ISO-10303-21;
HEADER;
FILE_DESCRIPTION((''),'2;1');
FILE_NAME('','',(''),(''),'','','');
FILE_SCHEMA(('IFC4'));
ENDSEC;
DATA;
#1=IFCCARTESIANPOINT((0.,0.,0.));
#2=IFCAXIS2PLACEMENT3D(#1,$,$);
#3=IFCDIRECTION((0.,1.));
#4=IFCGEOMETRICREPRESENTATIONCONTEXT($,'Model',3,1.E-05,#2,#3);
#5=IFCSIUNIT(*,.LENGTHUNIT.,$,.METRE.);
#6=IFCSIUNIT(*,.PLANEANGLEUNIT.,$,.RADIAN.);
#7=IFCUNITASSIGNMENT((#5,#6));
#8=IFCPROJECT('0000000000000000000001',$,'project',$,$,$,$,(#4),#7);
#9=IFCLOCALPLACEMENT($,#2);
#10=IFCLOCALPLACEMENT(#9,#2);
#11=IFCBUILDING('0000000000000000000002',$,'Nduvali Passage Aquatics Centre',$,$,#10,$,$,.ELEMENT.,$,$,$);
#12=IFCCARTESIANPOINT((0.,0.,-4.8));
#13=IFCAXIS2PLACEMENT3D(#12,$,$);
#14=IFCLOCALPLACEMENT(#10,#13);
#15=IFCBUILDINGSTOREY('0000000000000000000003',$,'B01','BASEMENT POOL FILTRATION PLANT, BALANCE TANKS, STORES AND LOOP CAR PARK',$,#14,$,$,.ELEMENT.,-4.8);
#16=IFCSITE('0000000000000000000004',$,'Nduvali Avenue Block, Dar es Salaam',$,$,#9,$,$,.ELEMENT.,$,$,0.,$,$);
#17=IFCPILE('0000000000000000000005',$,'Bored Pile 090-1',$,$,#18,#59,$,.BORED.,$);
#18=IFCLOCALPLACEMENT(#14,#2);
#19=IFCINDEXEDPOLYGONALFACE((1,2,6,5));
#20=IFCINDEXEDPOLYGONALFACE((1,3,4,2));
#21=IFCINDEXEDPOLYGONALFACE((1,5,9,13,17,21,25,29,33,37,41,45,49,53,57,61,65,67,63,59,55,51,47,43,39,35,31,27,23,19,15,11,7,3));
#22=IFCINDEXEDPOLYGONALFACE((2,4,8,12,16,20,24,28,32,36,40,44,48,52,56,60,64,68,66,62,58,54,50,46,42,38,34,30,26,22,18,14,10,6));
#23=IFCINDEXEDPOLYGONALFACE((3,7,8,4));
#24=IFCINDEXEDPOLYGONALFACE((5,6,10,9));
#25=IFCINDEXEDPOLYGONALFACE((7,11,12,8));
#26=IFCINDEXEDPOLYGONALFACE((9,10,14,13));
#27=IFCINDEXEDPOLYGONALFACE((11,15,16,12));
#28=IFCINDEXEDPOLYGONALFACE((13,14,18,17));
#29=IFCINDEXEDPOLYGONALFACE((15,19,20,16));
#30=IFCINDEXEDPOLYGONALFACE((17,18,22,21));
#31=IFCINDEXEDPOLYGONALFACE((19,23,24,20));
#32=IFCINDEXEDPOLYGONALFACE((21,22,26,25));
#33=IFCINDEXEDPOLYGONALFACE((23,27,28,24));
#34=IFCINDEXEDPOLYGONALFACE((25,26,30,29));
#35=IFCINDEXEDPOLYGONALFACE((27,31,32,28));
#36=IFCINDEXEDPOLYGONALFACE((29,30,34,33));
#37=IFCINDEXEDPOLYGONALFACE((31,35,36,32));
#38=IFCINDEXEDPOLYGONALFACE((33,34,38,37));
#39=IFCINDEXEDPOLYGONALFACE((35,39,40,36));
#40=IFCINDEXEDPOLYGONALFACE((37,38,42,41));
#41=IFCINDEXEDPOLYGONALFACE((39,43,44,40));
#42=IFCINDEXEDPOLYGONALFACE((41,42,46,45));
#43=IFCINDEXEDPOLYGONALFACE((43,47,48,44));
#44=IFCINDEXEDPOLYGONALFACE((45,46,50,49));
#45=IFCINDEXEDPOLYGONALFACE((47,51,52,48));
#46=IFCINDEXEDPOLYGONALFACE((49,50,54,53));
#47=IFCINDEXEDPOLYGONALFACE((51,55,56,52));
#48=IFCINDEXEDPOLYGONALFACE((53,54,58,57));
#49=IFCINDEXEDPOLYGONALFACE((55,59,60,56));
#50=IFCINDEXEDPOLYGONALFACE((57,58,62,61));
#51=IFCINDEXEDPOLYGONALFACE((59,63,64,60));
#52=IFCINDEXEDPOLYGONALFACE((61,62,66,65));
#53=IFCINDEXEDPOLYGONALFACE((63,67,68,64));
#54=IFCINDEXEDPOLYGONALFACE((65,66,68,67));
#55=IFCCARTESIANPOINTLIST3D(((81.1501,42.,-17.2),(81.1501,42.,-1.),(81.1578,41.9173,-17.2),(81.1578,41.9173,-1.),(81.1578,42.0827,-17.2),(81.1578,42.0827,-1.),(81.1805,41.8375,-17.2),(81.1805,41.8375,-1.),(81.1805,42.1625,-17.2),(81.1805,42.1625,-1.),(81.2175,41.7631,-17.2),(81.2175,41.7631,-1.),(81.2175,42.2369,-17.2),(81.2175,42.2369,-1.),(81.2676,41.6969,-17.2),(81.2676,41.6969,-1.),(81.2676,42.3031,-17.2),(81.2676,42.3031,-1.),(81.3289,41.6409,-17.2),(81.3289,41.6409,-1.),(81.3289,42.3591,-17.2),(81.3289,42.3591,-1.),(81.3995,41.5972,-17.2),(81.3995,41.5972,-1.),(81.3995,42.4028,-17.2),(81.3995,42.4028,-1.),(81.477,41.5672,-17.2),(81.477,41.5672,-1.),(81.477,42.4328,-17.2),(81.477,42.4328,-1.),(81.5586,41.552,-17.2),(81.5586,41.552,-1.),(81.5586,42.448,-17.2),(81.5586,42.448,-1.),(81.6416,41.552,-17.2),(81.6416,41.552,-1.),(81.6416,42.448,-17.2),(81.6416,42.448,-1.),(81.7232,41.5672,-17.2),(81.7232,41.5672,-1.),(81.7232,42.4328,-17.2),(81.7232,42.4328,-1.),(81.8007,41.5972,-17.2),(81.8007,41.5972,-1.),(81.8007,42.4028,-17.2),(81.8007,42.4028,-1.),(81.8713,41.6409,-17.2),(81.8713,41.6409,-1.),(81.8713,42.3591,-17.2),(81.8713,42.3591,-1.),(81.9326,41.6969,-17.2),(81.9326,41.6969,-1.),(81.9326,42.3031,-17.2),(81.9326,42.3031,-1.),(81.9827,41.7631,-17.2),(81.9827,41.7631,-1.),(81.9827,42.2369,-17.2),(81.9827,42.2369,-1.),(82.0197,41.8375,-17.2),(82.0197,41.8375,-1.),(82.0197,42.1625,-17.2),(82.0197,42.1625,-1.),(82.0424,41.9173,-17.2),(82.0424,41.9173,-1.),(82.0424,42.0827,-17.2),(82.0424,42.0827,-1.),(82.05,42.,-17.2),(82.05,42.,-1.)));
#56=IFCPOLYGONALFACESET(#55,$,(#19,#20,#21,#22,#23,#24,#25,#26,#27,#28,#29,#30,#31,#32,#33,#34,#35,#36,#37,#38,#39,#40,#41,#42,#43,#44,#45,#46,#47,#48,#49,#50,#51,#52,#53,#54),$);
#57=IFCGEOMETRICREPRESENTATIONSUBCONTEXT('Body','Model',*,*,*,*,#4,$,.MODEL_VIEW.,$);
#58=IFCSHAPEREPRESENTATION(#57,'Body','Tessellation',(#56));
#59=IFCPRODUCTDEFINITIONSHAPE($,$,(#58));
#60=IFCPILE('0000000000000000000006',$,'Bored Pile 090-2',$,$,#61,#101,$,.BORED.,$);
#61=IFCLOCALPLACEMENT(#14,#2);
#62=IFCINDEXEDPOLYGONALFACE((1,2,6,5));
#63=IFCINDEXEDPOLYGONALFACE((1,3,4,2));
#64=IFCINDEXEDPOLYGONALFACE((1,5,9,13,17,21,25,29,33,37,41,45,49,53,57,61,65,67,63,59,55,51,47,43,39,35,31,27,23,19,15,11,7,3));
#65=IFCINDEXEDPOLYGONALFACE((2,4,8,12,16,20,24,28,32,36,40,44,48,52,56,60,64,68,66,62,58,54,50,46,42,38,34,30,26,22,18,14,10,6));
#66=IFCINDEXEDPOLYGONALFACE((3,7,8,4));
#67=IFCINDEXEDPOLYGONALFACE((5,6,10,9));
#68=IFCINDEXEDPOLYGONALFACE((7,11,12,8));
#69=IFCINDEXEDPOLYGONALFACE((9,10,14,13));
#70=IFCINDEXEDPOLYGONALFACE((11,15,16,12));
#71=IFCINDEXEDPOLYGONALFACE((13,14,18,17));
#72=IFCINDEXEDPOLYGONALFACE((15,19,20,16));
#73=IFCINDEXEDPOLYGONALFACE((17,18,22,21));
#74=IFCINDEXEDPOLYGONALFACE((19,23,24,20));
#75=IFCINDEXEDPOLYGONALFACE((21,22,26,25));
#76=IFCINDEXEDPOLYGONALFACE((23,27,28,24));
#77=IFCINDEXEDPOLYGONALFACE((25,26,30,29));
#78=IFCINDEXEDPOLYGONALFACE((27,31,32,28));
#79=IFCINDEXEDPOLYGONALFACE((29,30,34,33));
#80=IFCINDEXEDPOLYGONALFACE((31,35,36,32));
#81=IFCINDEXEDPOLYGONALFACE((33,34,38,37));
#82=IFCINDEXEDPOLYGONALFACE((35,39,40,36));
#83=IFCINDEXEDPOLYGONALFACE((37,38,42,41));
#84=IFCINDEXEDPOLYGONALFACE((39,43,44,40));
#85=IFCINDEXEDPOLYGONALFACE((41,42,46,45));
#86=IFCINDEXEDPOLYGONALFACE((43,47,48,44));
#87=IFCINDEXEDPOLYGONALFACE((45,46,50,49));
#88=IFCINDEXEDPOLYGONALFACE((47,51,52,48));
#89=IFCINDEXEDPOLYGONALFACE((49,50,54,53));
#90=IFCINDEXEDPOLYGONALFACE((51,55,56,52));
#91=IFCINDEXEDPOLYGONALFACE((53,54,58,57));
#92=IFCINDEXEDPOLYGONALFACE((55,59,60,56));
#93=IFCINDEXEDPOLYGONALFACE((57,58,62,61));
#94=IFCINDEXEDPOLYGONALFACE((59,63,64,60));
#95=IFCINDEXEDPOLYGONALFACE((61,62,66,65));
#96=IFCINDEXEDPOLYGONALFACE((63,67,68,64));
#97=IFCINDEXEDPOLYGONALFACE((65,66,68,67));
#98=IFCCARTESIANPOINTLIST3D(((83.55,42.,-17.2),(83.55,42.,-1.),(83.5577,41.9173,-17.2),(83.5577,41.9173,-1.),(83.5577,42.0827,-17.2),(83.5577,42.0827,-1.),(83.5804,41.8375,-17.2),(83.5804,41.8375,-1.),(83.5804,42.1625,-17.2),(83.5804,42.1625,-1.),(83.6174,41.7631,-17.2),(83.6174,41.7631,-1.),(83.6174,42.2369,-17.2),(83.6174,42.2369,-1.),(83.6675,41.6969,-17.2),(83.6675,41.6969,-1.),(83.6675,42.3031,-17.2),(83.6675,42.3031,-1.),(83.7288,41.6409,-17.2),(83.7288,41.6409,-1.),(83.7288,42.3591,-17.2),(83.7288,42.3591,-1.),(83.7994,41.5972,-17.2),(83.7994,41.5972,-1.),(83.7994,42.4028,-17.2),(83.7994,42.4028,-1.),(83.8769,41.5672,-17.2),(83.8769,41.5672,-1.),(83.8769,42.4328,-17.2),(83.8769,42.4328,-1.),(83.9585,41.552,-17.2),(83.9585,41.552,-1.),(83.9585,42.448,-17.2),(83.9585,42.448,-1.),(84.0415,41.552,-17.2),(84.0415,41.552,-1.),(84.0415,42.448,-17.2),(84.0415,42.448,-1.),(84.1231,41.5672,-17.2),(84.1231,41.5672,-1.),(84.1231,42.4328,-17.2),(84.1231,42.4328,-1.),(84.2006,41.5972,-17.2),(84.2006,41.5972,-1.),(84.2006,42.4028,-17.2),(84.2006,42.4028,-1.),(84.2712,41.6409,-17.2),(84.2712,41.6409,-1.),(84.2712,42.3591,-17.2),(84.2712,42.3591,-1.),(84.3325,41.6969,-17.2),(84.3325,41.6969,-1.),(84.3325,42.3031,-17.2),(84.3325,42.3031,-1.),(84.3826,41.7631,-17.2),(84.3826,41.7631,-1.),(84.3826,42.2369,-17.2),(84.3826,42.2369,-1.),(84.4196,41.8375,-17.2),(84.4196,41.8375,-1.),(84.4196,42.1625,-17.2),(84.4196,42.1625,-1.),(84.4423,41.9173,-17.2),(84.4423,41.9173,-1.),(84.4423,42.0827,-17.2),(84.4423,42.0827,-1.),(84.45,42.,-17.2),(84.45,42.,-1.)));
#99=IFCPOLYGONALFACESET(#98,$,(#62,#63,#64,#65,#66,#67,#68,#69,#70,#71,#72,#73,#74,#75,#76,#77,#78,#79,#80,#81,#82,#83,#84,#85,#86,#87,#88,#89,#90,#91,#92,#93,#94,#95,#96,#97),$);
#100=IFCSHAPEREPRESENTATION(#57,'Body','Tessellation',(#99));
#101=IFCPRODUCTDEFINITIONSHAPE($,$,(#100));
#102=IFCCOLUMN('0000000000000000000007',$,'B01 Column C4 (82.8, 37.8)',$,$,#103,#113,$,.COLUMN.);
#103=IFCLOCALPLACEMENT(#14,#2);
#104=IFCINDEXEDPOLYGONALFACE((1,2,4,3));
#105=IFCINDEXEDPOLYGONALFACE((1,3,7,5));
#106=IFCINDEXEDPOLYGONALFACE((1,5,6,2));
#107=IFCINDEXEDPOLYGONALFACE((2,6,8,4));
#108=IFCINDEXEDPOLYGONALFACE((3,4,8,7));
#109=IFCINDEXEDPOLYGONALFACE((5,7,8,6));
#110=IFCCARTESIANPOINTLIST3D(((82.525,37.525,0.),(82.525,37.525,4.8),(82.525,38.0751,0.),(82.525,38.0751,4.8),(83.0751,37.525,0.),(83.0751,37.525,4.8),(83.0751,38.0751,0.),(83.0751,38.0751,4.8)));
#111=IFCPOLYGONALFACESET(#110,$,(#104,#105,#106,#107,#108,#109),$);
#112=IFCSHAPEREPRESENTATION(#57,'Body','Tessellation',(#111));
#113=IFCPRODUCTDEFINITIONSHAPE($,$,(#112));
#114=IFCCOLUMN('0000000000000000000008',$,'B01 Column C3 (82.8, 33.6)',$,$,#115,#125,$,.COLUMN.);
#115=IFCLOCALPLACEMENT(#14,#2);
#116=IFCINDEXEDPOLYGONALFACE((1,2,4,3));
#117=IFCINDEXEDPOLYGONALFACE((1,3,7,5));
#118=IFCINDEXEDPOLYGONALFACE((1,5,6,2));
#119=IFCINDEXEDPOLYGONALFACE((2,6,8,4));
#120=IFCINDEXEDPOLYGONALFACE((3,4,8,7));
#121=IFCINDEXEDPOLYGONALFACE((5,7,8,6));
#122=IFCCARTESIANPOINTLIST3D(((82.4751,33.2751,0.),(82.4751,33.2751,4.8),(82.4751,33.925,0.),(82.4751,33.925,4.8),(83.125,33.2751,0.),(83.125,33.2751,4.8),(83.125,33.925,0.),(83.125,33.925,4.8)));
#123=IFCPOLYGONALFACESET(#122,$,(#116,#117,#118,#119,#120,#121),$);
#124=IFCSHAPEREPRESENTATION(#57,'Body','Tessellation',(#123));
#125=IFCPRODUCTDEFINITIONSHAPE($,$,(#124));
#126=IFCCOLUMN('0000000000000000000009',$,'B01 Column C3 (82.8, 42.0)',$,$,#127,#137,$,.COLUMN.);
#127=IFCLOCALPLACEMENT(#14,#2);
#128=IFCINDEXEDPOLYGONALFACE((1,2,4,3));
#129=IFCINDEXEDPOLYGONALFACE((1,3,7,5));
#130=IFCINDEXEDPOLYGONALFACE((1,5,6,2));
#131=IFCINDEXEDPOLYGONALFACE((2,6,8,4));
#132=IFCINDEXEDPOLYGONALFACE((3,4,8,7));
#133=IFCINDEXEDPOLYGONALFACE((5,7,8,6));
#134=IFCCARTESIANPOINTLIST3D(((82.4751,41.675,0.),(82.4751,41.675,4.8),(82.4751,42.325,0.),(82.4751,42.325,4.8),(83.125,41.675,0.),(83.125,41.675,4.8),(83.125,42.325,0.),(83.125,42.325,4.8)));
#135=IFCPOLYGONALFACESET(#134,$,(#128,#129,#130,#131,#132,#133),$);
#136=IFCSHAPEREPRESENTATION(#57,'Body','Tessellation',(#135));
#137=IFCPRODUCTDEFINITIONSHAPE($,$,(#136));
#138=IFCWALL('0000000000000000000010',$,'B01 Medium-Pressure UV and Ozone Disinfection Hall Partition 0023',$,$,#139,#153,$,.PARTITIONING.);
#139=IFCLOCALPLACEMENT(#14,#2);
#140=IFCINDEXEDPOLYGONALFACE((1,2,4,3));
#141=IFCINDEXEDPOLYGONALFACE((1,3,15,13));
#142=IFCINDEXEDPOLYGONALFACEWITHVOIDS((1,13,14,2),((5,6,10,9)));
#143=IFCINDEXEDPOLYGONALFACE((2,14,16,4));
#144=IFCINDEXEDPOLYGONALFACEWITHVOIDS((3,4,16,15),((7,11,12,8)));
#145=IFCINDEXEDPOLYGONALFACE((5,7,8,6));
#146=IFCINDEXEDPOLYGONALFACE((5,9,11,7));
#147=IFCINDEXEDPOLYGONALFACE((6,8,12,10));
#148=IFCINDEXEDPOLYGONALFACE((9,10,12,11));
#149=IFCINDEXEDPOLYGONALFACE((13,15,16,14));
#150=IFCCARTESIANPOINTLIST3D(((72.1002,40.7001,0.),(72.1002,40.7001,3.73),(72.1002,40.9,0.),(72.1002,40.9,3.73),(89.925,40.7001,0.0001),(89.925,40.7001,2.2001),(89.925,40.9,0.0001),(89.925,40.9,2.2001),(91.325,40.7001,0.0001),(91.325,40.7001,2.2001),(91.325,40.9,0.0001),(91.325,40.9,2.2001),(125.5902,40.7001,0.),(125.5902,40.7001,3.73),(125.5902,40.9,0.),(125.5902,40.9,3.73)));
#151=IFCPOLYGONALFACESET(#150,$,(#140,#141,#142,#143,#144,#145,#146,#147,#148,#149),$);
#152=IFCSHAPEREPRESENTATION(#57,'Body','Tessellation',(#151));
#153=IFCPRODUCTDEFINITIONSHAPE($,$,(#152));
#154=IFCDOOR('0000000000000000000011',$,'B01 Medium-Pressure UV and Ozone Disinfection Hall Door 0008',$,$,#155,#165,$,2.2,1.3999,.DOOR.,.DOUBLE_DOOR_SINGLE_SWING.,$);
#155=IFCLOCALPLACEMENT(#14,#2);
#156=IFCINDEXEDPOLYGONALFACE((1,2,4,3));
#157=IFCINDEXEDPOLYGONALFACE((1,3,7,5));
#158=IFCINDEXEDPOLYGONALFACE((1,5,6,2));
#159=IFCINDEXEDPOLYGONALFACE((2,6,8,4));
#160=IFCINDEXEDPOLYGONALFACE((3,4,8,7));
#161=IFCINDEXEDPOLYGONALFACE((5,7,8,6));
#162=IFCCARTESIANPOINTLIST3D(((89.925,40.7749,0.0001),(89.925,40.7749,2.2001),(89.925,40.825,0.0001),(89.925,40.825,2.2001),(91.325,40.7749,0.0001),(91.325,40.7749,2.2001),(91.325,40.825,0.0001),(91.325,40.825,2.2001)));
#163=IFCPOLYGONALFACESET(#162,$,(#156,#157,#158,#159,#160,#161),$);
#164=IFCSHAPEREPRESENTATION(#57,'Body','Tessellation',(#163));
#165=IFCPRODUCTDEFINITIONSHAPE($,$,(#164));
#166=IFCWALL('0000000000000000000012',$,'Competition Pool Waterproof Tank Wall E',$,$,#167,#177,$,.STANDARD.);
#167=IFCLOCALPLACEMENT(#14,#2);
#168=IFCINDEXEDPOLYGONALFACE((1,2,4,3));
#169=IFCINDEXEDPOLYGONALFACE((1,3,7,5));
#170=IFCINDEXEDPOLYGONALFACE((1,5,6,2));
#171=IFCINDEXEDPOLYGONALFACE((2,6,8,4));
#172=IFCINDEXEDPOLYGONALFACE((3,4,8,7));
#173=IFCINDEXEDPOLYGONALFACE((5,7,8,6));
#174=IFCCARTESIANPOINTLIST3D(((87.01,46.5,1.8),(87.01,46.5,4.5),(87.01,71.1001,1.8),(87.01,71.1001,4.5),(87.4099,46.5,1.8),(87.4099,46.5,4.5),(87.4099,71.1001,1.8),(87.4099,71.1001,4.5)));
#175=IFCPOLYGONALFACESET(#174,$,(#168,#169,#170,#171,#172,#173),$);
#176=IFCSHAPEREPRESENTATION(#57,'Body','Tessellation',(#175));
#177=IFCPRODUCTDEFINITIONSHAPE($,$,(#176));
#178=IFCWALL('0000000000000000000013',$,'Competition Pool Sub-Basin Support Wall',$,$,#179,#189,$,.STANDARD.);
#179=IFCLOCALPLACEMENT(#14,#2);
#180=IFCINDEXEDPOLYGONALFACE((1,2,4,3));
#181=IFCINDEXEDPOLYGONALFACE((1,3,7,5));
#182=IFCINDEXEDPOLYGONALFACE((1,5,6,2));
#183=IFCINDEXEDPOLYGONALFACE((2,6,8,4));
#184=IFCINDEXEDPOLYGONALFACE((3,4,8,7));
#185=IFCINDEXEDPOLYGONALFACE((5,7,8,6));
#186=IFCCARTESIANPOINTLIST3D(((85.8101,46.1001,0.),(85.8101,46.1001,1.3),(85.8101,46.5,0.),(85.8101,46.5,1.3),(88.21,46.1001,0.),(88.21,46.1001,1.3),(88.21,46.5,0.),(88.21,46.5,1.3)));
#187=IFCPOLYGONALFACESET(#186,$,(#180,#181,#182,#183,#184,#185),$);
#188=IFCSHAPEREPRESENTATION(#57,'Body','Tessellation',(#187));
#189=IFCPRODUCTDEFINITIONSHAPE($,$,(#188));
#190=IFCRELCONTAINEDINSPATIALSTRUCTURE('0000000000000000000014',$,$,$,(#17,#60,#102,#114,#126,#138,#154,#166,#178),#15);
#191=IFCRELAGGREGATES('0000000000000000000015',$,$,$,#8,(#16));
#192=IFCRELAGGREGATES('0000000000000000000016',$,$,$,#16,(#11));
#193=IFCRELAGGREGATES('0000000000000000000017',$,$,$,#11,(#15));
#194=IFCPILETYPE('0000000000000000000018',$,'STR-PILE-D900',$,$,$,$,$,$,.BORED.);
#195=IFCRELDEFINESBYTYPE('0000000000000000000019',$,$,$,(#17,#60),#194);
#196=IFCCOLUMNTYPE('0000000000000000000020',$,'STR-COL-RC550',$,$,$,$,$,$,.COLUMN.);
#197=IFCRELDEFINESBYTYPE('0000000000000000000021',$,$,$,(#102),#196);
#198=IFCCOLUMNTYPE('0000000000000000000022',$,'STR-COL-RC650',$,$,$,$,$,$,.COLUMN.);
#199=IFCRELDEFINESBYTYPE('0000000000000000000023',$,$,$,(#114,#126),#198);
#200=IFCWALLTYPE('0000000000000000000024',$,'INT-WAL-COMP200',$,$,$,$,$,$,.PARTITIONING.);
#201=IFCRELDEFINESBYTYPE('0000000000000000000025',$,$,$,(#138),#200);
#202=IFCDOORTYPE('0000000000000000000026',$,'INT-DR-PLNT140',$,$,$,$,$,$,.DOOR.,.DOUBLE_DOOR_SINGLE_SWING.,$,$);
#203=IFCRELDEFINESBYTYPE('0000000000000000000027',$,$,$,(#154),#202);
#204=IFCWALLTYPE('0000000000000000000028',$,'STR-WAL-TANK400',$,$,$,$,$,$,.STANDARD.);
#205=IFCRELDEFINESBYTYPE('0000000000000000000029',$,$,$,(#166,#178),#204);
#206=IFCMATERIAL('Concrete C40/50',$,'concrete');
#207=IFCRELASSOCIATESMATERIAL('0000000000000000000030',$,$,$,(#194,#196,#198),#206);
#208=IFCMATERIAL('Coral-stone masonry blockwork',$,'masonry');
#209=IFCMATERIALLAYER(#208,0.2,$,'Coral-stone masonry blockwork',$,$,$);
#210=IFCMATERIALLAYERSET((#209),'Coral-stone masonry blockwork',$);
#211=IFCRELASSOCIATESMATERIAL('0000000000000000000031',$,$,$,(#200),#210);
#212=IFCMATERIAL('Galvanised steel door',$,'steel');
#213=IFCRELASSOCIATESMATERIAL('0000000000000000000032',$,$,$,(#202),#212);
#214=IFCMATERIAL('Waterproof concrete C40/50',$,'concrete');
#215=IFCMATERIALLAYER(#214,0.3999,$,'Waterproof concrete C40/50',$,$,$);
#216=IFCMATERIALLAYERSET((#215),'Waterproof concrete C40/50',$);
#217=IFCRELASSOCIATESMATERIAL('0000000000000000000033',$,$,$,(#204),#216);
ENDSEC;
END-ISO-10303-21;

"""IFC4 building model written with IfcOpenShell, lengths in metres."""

from ifc_helpers import new_model, si_unit, direction, frame, frame_2d, origin, origin_2d, place, context, subcontext, project, spatial, rectangle, circle, extrude, material, layer, layer_set, material_profile, profile_set, type_object, element, fill, save


model = new_model("IFC4")

# Units and contexts
model_context = context("Model", 3, precision=1e-05, world=origin(), true_north=direction((0.0, 1.0)))
body_context = subcontext(model_context, "Body", "Model", "MODEL_VIEW")
ifc_project = project(units=[si_unit("LENGTHUNIT", "METRE"), si_unit("PLANEANGLEUNIT", "RADIAN")], contexts=[model_context])

# Site, building, storey
site_placement = place(None, origin())
site = spatial("IfcSite", under=ifc_project, at=site_placement, Name="Nduvali Avenue Block, Dar es Salaam", CompositionType="ELEMENT", RefElevation=0.0)
building_placement = place(site_placement, origin())
building = spatial("IfcBuilding", under=site, at=building_placement, Name="Nduvali Passage Aquatics Centre", CompositionType="ELEMENT")
storey_placement = place(building_placement, frame((0.0, 0.0, -4.8)))
storey = spatial("IfcBuildingStorey", under=building, at=storey_placement, Name="B01", Description="BASEMENT POOL FILTRATION PLANT, BALANCE TANKS, STORES AND LOOP CAR PARK", CompositionType="ELEMENT", Elevation=-4.8)

# Shared definitions
ifc_material_1 = material(Name="Concrete C40/50", Category="concrete")

# Piles
ifc_material_profile_1 = material_profile(ifc_material_1, circle(Radius=0.45, at=origin_2d()), Name="PILE D900")
ifc_profile_set_1 = profile_set([ifc_material_profile_1], Name="Concrete C40/50")
pile_type_1 = type_object("IfcPileType", Name="STR-PILE-D900", PredefinedType="BORED", material=ifc_profile_set_1)
for number, where, z_axis, x_axis, name in (
    (1, (81.6001, 42.0, -1.0), (0.0, 0.0, -1.0), (1.0, 0.0, 0.0), "Bored Pile 090-1"),
    (2, (84.0, 42.0, -1.0), (0.0, 0.0, -1.0), (1.0, 0.0, 0.0), "Bored Pile 090-2"),
):
    element("IfcPile", number, at=place(storey_placement, frame(where, z_axis=z_axis, x_axis=x_axis)), inside=storey, type_object=pile_type_1, Name=name, PredefinedType="BORED", context=body_context, shape_type="SweptSolid", body=[
        extrude(circle(Radius=0.45, at=origin_2d()), origin(), (0.0, 0.0, 1.0), 16.2),
    ])

# Columns
ifc_material_profile_2 = material_profile(ifc_material_1, rectangle(XDim=0.55, YDim=0.55, at=origin_2d()), Name="RC 550x550")
ifc_profile_set_2 = profile_set([ifc_material_profile_2], Name="Concrete C40/50")
column_type_1 = type_object("IfcColumnType", Name="STR-COL-RC550", PredefinedType="COLUMN", material=ifc_profile_set_2)
column_placement = place(storey_placement, frame((82.8, 37.8, 0.0), z_axis=(0.0, 0.0, 1.0), x_axis=(1.0, 0.0, 0.0)))
element("IfcColumn", 3, at=column_placement, inside=storey, type_object=column_type_1, Name="B01 Column C4 (82.8, 37.8)", PredefinedType="COLUMN", context=body_context, shape_type="SweptSolid", body=[
    extrude(rectangle(XDim=0.55, YDim=0.55, at=origin_2d()), origin(), (0.0, 0.0, 1.0), 4.8),
])
ifc_material_profile_3 = material_profile(ifc_material_1, rectangle(XDim=0.6499, YDim=0.6499, at=origin_2d()), Name="RC 650x650")
ifc_profile_set_3 = profile_set([ifc_material_profile_3], Name="Concrete C40/50")
column_type_2 = type_object("IfcColumnType", Name="STR-COL-RC650", PredefinedType="COLUMN", material=ifc_profile_set_3)
for number, where, z_axis, x_axis, name in (
    (4, (82.8, 33.6001, 0.0), (0.0, 0.0, 1.0), (1.0, 0.0, 0.0), "B01 Column C3 (82.8, 33.6)"),
    (5, (82.8, 42.0, 0.0), (0.0, 0.0, 1.0), (1.0, 0.0, 0.0), "B01 Column C3 (82.8, 42.0)"),
):
    element("IfcColumn", number, at=place(storey_placement, frame(where, z_axis=z_axis, x_axis=x_axis)), inside=storey, type_object=column_type_2, Name=name, PredefinedType="COLUMN", context=body_context, shape_type="SweptSolid", body=[
        extrude(rectangle(XDim=0.6499, YDim=0.6499, at=origin_2d()), origin(), (0.0, 0.0, 1.0), 4.8),
    ])

# Wall, opening, door
ifc_material_2 = material(Name="Coral-stone masonry blockwork", Category="masonry")
ifc_layer_1 = layer(ifc_material_2, 0.2, Name="Coral-stone masonry blockwork")
ifc_layer_set_1 = layer_set([ifc_layer_1], Name="Coral-stone masonry blockwork")
wall_type_1 = type_object("IfcWallType", Name="INT-WAL-COMP200", PredefinedType="PARTITIONING", material=ifc_layer_set_1)
wall_1_placement = place(storey_placement, frame((72.1001, 40.8, 0.0), z_axis=(0.0, 0.0, 1.0), x_axis=(1.0, 0.0, 0.0)))
wall_1 = element("IfcWall", 6, at=wall_1_placement, inside=storey, type_object=wall_type_1, Name="B01 Medium-Pressure UV and Ozone Disinfection Hall Partition 0023", PredefinedType="PARTITIONING", context=body_context, shape_type="SweptSolid", body=[
    extrude(rectangle(XDim=53.49, YDim=0.2, at=frame_2d((26.7451, 0.0))), origin(), (0.0, 0.0, 1.0), 3.73),
])
opening_placement = place(wall_1_placement, frame((17.825, 0.0, 0.0)))
opening = element("IfcOpeningElement", 7, at=opening_placement, cuts=wall_1, PredefinedType="OPENING", context=body_context, shape_type="SweptSolid", body=[
    extrude(rectangle(XDim=1.3999, YDim=2.2, at=frame_2d((0.7, 1.1001))), frame((0.0, 0.1147, 0.0), z_axis=(0.0, -1.0, 0.0), x_axis=(1.0, 0.0, 0.0)), (0.0, 0.0, 1.0), 0.2297),
])
ifc_material_3 = material(Name="Galvanised steel door", Category="steel")
door_type = type_object("IfcDoorType", Name="INT-DR-PLNT140", OperationType="DOUBLE_DOOR_SINGLE_SWING", PredefinedType="DOOR", material=ifc_material_3)
door_placement = place(opening_placement, origin())
door = element("IfcDoor", 8, at=door_placement, inside=storey, type_object=door_type, Name="B01 Medium-Pressure UV and Ozone Disinfection Hall Door 0008", OperationType="DOUBLE_DOOR_SINGLE_SWING", OverallHeight=2.2, OverallWidth=1.3999, PredefinedType="DOOR", context=body_context, shape_type="SweptSolid", body=[
    extrude(rectangle(XDim=1.3999, YDim=2.2, at=frame_2d((0.7, 1.1001))), frame((0.0, 0.0249, 0.0), z_axis=(0.0, -1.0, 0.0), x_axis=(1.0, 0.0, 0.0)), (0.0, 0.0, 1.0), 0.05),
])
fill(opening, door)

# Walls
ifc_material_4 = material(Name="Waterproof concrete C40/50", Category="concrete")
ifc_layer_2 = layer(ifc_material_4, 0.3999, Name="Waterproof concrete C40/50")
ifc_layer_set_2 = layer_set([ifc_layer_2], Name="Waterproof concrete C40/50")
wall_type_2 = type_object("IfcWallType", Name="STR-WAL-TANK400", PredefinedType="STANDARD", material=ifc_layer_set_2)
wall_2_placement = place(storey_placement, frame((87.21, 46.5, 1.8), z_axis=(0.0, 0.0, 1.0), x_axis=(0.0, 1.0, 0.0)))
element("IfcWall", 9, at=wall_2_placement, inside=storey, type_object=wall_type_2, Name="Competition Pool Waterproof Tank Wall E", PredefinedType="STANDARD", context=body_context, shape_type="SweptSolid", body=[
    extrude(rectangle(XDim=24.6001, YDim=0.3999, at=frame_2d((12.3, 0.0))), origin(), (0.0, 0.0, 1.0), 2.7),
])
wall_3_placement = place(storey_placement, frame((85.8101, 46.3, 0.0), z_axis=(0.0, 0.0, 1.0), x_axis=(1.0, 0.0, 0.0)))
element("IfcWall", 10, at=wall_3_placement, inside=storey, type_object=wall_type_2, Name="Competition Pool Sub-Basin Support Wall", PredefinedType="STANDARD", context=body_context, shape_type="SweptSolid", body=[
    extrude(rectangle(XDim=2.3999, YDim=0.3999, at=frame_2d((1.2, 0.0))), origin(), (0.0, 0.0, 1.0), 1.3),
])

save(model, "model.ifc")
